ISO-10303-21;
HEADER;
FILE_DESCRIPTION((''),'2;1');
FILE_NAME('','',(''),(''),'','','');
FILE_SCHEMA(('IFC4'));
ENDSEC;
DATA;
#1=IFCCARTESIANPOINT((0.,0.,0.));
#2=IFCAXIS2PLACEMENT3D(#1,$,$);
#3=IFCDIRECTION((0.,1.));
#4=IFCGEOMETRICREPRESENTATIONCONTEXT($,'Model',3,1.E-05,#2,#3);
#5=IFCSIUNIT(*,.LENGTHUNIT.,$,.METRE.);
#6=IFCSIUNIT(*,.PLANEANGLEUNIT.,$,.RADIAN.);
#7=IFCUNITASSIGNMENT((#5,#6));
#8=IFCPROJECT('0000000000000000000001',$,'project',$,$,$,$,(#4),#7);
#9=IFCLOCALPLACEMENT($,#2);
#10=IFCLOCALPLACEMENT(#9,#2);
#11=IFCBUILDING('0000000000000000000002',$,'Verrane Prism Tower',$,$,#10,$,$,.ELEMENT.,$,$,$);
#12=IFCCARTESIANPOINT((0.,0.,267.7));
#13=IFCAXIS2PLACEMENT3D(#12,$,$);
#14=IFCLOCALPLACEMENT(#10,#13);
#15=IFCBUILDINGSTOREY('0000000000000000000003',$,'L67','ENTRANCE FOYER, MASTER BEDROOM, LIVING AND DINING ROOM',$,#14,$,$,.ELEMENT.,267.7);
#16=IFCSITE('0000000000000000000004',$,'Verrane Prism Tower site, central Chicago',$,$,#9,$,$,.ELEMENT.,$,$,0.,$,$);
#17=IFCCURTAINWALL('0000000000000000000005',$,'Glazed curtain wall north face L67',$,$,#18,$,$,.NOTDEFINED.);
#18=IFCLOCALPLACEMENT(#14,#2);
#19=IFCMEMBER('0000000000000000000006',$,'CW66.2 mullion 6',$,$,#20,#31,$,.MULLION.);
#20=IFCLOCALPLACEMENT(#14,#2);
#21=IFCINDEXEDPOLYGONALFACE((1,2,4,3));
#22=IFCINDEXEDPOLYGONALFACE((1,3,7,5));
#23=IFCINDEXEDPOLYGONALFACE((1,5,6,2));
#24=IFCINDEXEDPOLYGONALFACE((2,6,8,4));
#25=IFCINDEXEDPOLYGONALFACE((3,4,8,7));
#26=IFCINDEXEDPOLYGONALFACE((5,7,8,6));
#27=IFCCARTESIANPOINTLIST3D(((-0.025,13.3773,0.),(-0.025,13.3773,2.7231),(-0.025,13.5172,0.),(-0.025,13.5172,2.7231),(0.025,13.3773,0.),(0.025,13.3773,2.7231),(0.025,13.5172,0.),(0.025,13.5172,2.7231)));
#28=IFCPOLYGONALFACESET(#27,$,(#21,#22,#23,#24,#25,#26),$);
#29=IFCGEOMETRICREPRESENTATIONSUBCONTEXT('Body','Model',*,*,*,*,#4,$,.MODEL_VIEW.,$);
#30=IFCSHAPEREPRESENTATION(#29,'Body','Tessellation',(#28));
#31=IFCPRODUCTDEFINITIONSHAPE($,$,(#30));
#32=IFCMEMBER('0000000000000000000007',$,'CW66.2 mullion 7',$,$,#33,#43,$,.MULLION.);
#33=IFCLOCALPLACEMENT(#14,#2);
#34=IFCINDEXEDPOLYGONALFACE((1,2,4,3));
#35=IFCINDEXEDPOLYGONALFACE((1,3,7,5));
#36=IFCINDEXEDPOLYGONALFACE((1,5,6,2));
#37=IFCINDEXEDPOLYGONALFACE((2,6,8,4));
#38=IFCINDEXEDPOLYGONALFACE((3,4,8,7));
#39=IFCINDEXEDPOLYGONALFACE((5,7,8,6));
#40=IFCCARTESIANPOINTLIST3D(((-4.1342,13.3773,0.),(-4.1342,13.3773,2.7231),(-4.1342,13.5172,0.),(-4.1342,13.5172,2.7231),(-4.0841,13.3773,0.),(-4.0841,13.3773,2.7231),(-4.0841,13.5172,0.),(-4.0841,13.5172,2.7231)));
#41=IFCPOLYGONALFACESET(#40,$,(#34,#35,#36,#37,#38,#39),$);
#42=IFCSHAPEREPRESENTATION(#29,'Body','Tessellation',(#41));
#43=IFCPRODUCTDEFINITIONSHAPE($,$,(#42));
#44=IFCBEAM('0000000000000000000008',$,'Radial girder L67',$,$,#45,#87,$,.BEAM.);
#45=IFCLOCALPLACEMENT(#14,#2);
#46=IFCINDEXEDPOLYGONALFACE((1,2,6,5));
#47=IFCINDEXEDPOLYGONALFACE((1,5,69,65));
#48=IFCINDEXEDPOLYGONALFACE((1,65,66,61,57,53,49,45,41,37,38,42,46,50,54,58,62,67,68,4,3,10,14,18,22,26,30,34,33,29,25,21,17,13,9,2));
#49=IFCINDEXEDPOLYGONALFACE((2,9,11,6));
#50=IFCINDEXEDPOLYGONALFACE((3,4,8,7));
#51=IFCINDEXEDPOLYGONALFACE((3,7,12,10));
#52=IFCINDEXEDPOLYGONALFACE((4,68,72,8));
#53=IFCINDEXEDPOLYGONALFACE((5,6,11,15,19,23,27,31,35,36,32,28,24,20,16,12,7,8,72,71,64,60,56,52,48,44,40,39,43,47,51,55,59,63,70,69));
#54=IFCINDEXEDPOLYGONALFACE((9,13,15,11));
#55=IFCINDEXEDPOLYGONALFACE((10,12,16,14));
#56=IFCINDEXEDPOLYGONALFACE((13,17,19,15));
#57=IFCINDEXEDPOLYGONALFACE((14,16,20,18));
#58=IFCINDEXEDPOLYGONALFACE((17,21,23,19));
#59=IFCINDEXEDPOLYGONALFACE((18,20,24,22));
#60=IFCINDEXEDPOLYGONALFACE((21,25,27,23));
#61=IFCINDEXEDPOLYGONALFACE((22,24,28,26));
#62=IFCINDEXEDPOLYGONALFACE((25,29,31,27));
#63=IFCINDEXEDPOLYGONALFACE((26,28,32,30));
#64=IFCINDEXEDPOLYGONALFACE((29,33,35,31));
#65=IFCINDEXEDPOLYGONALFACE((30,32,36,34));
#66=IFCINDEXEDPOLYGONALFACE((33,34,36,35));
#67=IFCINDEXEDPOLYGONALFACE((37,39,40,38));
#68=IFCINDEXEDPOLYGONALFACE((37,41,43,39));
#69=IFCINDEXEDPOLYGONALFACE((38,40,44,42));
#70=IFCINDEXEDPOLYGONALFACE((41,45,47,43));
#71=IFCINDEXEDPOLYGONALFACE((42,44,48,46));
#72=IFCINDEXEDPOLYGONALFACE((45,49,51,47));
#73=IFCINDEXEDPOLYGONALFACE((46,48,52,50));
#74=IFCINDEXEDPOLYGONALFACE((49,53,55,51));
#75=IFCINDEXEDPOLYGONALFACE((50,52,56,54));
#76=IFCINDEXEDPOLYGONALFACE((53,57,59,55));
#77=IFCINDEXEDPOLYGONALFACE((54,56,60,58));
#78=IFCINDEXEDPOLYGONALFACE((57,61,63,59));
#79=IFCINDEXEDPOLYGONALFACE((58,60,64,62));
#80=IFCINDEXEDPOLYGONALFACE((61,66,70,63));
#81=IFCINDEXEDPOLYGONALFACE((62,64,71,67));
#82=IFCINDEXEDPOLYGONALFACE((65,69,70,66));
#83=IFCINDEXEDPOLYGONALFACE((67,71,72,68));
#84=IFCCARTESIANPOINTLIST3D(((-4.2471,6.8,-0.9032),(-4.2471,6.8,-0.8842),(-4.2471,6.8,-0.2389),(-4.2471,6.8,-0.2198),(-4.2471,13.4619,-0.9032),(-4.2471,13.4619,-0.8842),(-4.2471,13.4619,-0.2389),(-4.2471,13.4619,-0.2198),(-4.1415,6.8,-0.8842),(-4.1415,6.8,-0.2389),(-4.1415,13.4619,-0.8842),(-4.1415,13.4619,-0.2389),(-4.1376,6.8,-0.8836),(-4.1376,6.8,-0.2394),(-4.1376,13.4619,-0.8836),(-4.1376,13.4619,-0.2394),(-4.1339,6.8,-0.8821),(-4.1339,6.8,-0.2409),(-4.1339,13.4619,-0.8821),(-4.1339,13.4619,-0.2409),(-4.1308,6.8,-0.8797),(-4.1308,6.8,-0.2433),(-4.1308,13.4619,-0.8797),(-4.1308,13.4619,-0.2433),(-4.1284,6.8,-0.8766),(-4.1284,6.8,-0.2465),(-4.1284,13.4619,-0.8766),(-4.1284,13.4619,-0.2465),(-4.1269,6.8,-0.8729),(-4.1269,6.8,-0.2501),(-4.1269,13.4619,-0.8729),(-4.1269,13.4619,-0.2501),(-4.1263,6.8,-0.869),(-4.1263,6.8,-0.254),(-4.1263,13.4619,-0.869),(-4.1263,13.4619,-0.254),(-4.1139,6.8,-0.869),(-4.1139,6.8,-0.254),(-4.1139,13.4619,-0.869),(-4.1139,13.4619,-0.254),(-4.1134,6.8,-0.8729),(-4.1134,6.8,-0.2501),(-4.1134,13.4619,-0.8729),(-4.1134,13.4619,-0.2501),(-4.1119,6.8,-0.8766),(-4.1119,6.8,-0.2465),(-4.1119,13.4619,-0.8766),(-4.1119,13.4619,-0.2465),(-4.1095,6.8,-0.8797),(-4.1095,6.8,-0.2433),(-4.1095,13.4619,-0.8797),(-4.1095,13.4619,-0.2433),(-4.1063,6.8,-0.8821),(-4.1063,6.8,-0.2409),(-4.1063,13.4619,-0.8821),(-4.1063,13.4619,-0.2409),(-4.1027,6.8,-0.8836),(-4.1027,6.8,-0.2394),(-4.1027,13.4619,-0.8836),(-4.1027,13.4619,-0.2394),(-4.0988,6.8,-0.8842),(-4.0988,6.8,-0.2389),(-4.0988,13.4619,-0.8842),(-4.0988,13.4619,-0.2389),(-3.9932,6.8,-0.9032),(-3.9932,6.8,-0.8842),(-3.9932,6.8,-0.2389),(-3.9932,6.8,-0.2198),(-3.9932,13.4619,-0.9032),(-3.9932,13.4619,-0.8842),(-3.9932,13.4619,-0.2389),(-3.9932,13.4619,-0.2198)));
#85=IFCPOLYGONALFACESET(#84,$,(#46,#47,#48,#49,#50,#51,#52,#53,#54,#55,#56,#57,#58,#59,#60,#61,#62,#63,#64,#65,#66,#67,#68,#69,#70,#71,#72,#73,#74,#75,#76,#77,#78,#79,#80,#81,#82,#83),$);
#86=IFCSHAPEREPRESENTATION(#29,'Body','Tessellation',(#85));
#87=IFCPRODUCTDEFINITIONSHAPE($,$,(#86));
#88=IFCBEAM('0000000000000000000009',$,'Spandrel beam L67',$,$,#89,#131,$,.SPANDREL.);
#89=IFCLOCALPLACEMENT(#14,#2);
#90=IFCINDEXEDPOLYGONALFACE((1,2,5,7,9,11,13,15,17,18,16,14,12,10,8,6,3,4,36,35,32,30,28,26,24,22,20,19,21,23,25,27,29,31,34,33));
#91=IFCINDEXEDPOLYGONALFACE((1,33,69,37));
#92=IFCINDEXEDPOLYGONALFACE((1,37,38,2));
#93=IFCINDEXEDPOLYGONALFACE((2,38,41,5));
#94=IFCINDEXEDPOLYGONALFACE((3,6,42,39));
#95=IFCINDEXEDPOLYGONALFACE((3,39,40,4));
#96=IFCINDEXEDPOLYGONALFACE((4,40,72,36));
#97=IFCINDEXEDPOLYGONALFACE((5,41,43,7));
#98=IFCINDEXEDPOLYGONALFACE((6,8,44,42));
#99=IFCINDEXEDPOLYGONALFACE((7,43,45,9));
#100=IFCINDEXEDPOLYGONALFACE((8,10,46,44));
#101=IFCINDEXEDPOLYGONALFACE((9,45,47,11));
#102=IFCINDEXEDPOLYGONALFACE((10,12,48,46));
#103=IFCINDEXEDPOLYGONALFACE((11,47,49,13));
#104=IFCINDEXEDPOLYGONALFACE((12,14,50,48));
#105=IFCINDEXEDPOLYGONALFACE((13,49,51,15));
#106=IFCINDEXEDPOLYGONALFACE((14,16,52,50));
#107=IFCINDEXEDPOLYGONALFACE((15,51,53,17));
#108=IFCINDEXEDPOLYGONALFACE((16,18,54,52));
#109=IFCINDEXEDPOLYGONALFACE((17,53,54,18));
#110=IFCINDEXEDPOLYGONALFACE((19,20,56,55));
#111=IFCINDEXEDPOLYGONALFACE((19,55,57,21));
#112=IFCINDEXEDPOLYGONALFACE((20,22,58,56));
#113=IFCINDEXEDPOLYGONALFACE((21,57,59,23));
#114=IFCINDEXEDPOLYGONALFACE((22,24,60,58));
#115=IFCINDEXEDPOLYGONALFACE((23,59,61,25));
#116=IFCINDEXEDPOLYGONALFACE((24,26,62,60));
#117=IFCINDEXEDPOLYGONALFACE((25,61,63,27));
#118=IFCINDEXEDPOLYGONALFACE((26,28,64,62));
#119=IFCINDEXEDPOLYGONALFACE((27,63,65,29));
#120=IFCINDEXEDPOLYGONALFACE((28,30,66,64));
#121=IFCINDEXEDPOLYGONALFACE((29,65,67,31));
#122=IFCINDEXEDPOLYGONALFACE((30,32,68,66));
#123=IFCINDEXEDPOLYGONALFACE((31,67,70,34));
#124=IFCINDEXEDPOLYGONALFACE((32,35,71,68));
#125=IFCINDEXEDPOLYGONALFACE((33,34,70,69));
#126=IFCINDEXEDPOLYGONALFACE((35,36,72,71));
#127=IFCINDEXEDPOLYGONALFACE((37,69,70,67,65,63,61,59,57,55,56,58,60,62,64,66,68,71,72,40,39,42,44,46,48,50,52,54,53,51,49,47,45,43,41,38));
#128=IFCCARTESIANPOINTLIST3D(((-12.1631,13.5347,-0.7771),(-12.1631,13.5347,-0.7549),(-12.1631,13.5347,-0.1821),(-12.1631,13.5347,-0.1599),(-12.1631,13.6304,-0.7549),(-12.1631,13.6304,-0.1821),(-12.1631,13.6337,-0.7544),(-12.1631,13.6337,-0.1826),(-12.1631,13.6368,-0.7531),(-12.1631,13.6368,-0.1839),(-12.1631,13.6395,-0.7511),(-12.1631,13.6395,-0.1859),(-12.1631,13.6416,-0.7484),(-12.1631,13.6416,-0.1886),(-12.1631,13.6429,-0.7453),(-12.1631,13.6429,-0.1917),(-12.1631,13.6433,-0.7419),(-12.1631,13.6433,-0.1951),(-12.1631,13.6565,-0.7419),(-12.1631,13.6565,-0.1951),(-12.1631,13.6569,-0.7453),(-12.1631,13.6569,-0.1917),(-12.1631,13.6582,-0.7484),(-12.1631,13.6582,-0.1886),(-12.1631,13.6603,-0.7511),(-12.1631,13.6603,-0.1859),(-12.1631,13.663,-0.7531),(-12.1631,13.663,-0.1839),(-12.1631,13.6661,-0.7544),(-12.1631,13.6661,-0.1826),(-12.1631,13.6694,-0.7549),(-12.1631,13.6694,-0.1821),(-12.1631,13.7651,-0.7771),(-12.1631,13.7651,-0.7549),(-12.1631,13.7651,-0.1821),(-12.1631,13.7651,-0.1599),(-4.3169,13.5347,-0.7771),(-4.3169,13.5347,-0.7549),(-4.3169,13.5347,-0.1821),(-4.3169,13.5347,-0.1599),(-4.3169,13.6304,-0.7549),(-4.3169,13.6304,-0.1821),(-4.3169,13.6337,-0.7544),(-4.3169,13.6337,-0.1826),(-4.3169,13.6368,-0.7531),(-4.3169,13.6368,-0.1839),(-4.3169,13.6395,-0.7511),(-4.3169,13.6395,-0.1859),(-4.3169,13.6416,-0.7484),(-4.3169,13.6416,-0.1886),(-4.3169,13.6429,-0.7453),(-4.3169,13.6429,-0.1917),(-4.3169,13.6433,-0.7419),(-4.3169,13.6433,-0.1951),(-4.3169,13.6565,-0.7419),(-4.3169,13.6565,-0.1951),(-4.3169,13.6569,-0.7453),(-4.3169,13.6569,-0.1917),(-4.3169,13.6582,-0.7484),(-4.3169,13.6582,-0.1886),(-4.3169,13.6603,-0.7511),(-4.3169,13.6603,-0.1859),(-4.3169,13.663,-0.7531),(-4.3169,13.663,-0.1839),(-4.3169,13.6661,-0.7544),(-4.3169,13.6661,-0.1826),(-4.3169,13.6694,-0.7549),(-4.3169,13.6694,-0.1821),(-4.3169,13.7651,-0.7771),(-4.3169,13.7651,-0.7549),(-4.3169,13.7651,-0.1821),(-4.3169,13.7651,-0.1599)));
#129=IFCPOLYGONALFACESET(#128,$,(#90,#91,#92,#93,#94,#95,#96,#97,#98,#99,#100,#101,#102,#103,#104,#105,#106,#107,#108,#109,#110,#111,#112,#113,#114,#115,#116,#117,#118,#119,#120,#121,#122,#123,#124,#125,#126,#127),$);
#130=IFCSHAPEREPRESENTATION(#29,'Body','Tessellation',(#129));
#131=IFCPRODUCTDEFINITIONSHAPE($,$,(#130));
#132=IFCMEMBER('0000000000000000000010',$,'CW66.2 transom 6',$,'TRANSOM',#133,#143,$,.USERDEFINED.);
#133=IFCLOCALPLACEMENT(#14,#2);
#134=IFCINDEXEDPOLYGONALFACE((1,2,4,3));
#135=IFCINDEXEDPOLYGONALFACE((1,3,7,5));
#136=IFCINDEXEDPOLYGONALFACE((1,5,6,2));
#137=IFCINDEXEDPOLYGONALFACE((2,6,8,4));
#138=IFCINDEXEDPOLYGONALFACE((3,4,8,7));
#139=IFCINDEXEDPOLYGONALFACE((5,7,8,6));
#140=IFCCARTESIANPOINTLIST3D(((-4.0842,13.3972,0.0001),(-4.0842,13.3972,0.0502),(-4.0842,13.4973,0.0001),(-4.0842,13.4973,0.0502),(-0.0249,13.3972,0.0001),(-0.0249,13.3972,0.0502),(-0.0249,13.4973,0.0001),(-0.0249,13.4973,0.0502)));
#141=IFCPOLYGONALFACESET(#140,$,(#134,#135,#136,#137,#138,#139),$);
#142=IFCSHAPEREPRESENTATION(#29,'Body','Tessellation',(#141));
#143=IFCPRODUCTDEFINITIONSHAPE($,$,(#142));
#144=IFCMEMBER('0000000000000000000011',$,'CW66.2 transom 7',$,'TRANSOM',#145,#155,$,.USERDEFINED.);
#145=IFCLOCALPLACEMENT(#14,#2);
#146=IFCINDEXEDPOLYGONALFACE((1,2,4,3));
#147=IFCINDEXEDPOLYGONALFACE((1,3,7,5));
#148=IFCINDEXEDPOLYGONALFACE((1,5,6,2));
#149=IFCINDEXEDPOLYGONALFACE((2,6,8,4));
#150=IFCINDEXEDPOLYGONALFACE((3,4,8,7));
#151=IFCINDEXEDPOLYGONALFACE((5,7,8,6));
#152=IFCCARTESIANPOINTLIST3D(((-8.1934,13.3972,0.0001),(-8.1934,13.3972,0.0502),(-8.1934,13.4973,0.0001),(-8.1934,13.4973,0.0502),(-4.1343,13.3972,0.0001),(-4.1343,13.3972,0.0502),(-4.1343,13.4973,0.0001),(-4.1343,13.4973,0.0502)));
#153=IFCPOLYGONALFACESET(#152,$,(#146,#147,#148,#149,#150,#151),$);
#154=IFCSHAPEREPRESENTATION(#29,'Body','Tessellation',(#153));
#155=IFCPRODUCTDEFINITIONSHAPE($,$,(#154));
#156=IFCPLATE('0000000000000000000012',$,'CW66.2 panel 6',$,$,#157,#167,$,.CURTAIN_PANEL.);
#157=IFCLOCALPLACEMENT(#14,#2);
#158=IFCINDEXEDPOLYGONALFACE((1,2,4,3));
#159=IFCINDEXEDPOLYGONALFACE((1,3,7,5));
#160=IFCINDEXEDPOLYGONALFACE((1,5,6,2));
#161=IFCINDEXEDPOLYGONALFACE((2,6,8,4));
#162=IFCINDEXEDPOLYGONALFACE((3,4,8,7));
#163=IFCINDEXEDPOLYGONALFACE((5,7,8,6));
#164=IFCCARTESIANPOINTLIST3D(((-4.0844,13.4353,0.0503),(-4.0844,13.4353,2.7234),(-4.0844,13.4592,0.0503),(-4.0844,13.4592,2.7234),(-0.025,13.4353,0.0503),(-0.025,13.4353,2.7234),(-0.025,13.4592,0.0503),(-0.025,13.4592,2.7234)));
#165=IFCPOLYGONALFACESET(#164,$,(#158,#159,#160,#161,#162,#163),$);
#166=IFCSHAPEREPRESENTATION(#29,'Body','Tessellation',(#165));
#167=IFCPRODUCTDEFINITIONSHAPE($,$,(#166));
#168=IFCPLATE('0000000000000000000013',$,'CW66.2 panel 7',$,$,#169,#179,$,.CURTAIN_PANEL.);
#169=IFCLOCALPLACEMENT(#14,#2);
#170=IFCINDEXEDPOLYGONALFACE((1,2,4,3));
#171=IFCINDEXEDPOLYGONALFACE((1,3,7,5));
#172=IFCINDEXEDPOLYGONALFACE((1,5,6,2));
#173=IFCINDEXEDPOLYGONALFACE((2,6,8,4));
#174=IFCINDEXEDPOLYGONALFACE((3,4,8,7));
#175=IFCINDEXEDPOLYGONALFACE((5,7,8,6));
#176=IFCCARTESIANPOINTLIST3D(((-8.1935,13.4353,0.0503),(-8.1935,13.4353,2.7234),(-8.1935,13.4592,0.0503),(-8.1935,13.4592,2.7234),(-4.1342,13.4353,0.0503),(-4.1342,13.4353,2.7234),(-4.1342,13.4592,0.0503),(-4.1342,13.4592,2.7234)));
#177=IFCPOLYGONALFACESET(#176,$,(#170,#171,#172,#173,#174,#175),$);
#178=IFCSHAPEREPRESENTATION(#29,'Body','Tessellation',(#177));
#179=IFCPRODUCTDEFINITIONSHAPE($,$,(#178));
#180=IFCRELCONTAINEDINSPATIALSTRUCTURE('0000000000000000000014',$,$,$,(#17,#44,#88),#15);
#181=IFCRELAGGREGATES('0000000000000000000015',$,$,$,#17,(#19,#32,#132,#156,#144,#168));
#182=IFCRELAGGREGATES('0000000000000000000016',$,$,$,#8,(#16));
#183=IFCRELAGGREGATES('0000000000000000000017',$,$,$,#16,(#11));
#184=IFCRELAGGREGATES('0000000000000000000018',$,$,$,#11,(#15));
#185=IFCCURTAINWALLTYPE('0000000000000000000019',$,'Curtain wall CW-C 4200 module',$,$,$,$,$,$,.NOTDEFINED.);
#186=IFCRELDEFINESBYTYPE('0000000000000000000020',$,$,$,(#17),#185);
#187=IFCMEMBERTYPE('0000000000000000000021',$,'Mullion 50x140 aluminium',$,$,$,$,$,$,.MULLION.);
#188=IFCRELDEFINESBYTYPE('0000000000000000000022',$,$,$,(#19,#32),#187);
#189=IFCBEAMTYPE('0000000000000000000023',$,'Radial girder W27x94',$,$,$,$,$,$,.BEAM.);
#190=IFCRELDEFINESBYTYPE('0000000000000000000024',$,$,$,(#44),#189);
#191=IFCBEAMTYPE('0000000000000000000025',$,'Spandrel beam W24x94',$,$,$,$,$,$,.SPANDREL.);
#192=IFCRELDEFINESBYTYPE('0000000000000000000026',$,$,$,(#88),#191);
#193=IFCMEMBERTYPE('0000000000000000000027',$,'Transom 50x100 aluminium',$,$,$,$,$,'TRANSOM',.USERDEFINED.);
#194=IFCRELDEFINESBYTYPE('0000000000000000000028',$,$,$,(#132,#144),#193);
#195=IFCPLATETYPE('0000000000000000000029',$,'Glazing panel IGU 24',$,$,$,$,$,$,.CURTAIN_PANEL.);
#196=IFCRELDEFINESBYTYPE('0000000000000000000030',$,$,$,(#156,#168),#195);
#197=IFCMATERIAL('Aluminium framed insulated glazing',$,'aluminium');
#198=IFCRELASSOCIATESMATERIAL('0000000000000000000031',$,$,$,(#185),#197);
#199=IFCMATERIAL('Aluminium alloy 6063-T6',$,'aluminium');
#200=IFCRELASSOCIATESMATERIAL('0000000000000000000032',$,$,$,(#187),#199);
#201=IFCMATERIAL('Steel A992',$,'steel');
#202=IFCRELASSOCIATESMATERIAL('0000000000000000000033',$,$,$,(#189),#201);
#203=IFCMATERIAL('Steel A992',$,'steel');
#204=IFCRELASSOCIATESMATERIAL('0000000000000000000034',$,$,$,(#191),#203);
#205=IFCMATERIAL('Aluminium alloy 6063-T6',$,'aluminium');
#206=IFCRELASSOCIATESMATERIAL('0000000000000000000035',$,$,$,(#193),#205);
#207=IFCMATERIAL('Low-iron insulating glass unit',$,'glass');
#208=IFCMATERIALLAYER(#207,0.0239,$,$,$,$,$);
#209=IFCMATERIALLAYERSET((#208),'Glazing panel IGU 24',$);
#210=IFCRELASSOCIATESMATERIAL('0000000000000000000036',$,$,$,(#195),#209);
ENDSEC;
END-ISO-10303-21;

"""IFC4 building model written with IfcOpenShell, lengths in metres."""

from ifc_helpers import new_model, si_unit, direction, frame, origin, origin_2d, place, context, subcontext, project, spatial, rectangle, i_section, extrude, material, layer, layer_set, material_profile, profile_set, type_object, element, aggregate, save


model = new_model("IFC4")

# Units and contexts
model_context = context("Model", 3, precision=1e-05, world=origin(), true_north=direction((0.0, 1.0)))
body_context = subcontext(model_context, "Body", "Model", "MODEL_VIEW")
ifc_project = project(units=[si_unit("LENGTHUNIT", "METRE"), si_unit("PLANEANGLEUNIT", "RADIAN")], contexts=[model_context])

# Site, building, storey
site_placement = place(None, origin())
site = spatial("IfcSite", under=ifc_project, at=site_placement, Name="Verrane Prism Tower site, central Chicago", CompositionType="ELEMENT", RefElevation=0.0)
building_placement = place(site_placement, origin())
building = spatial("IfcBuilding", under=site, at=building_placement, Name="Verrane Prism Tower", CompositionType="ELEMENT")
storey_placement = place(building_placement, frame((0.0, 0.0, 267.7)))
storey = spatial("IfcBuildingStorey", under=building, at=storey_placement, Name="L67", Description="ENTRANCE FOYER, MASTER BEDROOM, LIVING AND DINING ROOM", CompositionType="ELEMENT", Elevation=267.7)

# Curtain wall, members
ifc_material_1 = material(Name="Aluminium framed insulated glazing", Category="aluminium")
curtain_wall_type = type_object("IfcCurtainWallType", Name="Curtain wall CW-C 4200 module", PredefinedType="NOTDEFINED", material=ifc_material_1)
curtain_wall_placement = place(storey_placement, origin())
curtain_wall = element("IfcCurtainWall", 1, at=curtain_wall_placement, inside=storey, type_object=curtain_wall_type, Name="Glazed curtain wall north face L67", PredefinedType="NOTDEFINED")
ifc_material_2 = material(Name="Aluminium alloy 6063-T6", Category="aluminium")
ifc_material_profile_1 = material_profile(ifc_material_2, rectangle(XDim=0.1399, YDim=0.05, at=origin_2d()), Name="Mullion 50x140 aluminium")
ifc_profile_set_1 = profile_set([ifc_material_profile_1], Name="Aluminium alloy 6063-T6")
member_type_1 = type_object("IfcMemberType", Name="Mullion 50x140 aluminium", PredefinedType="MULLION", material=ifc_profile_set_1)
member_1_placement = place(storey_placement, frame((0.0, 13.4473, 0.0), z_axis=(0.0, 0.0, 1.0), x_axis=(0.0, -1.0, 0.0)))
member_1 = element("IfcMember", 2, at=member_1_placement, type_object=member_type_1, Name="CW66.2 mullion 6", PredefinedType="MULLION", context=body_context, shape_type="SweptSolid", body=[
    extrude(rectangle(XDim=0.1399, YDim=0.05, at=origin_2d()), origin(), (0.0, 0.0, 1.0), 2.7231),
])
member_2_placement = place(storey_placement, frame((-4.1091, 13.4473, 0.0), z_axis=(0.0, 0.0, 1.0), x_axis=(0.0, -1.0, 0.0)))
member_2 = element("IfcMember", 3, at=member_2_placement, type_object=member_type_1, Name="CW66.2 mullion 7", PredefinedType="MULLION", context=body_context, shape_type="SweptSolid", body=[
    extrude(rectangle(XDim=0.1399, YDim=0.05, at=origin_2d()), origin(), (0.0, 0.0, 1.0), 2.7231),
])

# Beams
ifc_material_3 = material(Name="Steel A992", Category="steel")
ifc_material_profile_2 = material_profile(ifc_material_3, i_section(OverallWidth=0.2539, OverallDepth=0.6833, WebThickness=0.0125, FlangeThickness=0.019, FilletRadius=0.0151, at=origin_2d()), Name="W27x94")
ifc_profile_set_2 = profile_set([ifc_material_profile_2], Name="Steel A992")
beam_type_1 = type_object("IfcBeamType", Name="Radial girder W27x94", PredefinedType="BEAM", material=ifc_profile_set_2)
beam_1_placement = place(storey_placement, frame((-4.1201, 13.4619, -0.5615), z_axis=(0.0, -1.0, 0.0), x_axis=(1.0, 0.0, 0.0)))
element("IfcBeam", 4, at=beam_1_placement, inside=storey, type_object=beam_type_1, Name="Radial girder L67", PredefinedType="BEAM", context=body_context, shape_type="SweptSolid", body=[
    extrude(i_section(OverallWidth=0.2539, OverallDepth=0.6833, WebThickness=0.0125, FlangeThickness=0.019, FilletRadius=0.0151, at=origin_2d()), origin(), (0.0, 0.0, 1.0), 6.6619),
])
ifc_material_4 = material(Name="Steel A992", Category="steel")
ifc_material_profile_3 = material_profile(ifc_material_4, i_section(OverallWidth=0.2305, OverallDepth=0.6172, WebThickness=0.0132, FlangeThickness=0.0222, FilletRadius=0.0129, at=origin_2d()), Name="W24x94")
ifc_profile_set_3 = profile_set([ifc_material_profile_3], Name="Steel A992")
beam_type_2 = type_object("IfcBeamType", Name="Spandrel beam W24x94", PredefinedType="SPANDREL", material=ifc_profile_set_3)
beam_2_placement = place(storey_placement, frame((-4.3169, 13.6499, -0.4685), z_axis=(-1.0, 0.0, 0.0), x_axis=(0.0, -1.0, 0.0)))
element("IfcBeam", 5, at=beam_2_placement, inside=storey, type_object=beam_type_2, Name="Spandrel beam L67", PredefinedType="SPANDREL", context=body_context, shape_type="SweptSolid", body=[
    extrude(i_section(OverallWidth=0.2305, OverallDepth=0.6172, WebThickness=0.0132, FlangeThickness=0.0222, FilletRadius=0.0129, at=origin_2d()), origin(), (0.0, 0.0, 1.0), 7.8462),
])

# Members
ifc_material_5 = material(Name="Aluminium alloy 6063-T6", Category="aluminium")
ifc_material_profile_4 = material_profile(ifc_material_5, rectangle(XDim=0.1001, YDim=0.05, at=origin_2d()), Name="Transom 50x100 aluminium")
ifc_profile_set_4 = profile_set([ifc_material_profile_4], Name="Aluminium alloy 6063-T6")
member_type_2 = type_object("IfcMemberType", Name="Transom 50x100 aluminium", ElementType="TRANSOM", PredefinedType="USERDEFINED", material=ifc_profile_set_4)
member_3_placement = place(storey_placement, frame((-0.0249, 13.4473, 0.0251), z_axis=(-1.0, 0.0, 0.0), x_axis=(0.0, -1.0, 0.0)))
member_3 = element("IfcMember", 6, at=member_3_placement, type_object=member_type_2, Name="CW66.2 transom 6", ObjectType="TRANSOM", PredefinedType="USERDEFINED", context=body_context, shape_type="SweptSolid", body=[
    extrude(rectangle(XDim=0.1001, YDim=0.05, at=origin_2d()), origin(), (0.0, 0.0, 1.0), 4.0593),
])
member_4_placement = place(storey_placement, frame((-4.1343, 13.4473, 0.0251), z_axis=(-1.0, 0.0, 0.0), x_axis=(0.0, -1.0, 0.0)))
member_4 = element("IfcMember", 7, at=member_4_placement, type_object=member_type_2, Name="CW66.2 transom 7", ObjectType="TRANSOM", PredefinedType="USERDEFINED", context=body_context, shape_type="SweptSolid", body=[
    extrude(rectangle(XDim=0.1001, YDim=0.05, at=origin_2d()), origin(), (0.0, 0.0, 1.0), 4.0591),
])

# Plates
ifc_material_6 = material(Name="Low-iron insulating glass unit", Category="glass")
ifc_layer_1 = layer(ifc_material_6, 0.0239)
ifc_layer_set_1 = layer_set([ifc_layer_1], Name="Glazing panel IGU 24")
plate_type = type_object("IfcPlateType", Name="Glazing panel IGU 24", PredefinedType="CURTAIN_PANEL", material=ifc_layer_set_1)
plate_1_placement = place(storey_placement, frame((-2.0547, 13.4473, 0.0503), z_axis=(0.0, 0.0, 1.0), x_axis=(-1.0, 0.0, 0.0)))
plate_1 = element("IfcPlate", 8, at=plate_1_placement, type_object=plate_type, Name="CW66.2 panel 6", PredefinedType="CURTAIN_PANEL", context=body_context, shape_type="SweptSolid", body=[
    extrude(rectangle(XDim=4.0593, YDim=0.0239, at=origin_2d()), origin(), (0.0, 0.0, 1.0), 2.6731),
])
plate_2_placement = place(storey_placement, frame((-6.1638, 13.4473, 0.0503), z_axis=(0.0, 0.0, 1.0), x_axis=(-1.0, 0.0, 0.0)))
plate_2 = element("IfcPlate", 9, at=plate_2_placement, type_object=plate_type, Name="CW66.2 panel 7", PredefinedType="CURTAIN_PANEL", context=body_context, shape_type="SweptSolid", body=[
    extrude(rectangle(XDim=4.0593, YDim=0.0239, at=origin_2d()), origin(), (0.0, 0.0, 1.0), 2.6731),
])
aggregate(curtain_wall, [member_1, member_2, member_3, plate_1, member_4, plate_2])

save(model, "model.ifc")
